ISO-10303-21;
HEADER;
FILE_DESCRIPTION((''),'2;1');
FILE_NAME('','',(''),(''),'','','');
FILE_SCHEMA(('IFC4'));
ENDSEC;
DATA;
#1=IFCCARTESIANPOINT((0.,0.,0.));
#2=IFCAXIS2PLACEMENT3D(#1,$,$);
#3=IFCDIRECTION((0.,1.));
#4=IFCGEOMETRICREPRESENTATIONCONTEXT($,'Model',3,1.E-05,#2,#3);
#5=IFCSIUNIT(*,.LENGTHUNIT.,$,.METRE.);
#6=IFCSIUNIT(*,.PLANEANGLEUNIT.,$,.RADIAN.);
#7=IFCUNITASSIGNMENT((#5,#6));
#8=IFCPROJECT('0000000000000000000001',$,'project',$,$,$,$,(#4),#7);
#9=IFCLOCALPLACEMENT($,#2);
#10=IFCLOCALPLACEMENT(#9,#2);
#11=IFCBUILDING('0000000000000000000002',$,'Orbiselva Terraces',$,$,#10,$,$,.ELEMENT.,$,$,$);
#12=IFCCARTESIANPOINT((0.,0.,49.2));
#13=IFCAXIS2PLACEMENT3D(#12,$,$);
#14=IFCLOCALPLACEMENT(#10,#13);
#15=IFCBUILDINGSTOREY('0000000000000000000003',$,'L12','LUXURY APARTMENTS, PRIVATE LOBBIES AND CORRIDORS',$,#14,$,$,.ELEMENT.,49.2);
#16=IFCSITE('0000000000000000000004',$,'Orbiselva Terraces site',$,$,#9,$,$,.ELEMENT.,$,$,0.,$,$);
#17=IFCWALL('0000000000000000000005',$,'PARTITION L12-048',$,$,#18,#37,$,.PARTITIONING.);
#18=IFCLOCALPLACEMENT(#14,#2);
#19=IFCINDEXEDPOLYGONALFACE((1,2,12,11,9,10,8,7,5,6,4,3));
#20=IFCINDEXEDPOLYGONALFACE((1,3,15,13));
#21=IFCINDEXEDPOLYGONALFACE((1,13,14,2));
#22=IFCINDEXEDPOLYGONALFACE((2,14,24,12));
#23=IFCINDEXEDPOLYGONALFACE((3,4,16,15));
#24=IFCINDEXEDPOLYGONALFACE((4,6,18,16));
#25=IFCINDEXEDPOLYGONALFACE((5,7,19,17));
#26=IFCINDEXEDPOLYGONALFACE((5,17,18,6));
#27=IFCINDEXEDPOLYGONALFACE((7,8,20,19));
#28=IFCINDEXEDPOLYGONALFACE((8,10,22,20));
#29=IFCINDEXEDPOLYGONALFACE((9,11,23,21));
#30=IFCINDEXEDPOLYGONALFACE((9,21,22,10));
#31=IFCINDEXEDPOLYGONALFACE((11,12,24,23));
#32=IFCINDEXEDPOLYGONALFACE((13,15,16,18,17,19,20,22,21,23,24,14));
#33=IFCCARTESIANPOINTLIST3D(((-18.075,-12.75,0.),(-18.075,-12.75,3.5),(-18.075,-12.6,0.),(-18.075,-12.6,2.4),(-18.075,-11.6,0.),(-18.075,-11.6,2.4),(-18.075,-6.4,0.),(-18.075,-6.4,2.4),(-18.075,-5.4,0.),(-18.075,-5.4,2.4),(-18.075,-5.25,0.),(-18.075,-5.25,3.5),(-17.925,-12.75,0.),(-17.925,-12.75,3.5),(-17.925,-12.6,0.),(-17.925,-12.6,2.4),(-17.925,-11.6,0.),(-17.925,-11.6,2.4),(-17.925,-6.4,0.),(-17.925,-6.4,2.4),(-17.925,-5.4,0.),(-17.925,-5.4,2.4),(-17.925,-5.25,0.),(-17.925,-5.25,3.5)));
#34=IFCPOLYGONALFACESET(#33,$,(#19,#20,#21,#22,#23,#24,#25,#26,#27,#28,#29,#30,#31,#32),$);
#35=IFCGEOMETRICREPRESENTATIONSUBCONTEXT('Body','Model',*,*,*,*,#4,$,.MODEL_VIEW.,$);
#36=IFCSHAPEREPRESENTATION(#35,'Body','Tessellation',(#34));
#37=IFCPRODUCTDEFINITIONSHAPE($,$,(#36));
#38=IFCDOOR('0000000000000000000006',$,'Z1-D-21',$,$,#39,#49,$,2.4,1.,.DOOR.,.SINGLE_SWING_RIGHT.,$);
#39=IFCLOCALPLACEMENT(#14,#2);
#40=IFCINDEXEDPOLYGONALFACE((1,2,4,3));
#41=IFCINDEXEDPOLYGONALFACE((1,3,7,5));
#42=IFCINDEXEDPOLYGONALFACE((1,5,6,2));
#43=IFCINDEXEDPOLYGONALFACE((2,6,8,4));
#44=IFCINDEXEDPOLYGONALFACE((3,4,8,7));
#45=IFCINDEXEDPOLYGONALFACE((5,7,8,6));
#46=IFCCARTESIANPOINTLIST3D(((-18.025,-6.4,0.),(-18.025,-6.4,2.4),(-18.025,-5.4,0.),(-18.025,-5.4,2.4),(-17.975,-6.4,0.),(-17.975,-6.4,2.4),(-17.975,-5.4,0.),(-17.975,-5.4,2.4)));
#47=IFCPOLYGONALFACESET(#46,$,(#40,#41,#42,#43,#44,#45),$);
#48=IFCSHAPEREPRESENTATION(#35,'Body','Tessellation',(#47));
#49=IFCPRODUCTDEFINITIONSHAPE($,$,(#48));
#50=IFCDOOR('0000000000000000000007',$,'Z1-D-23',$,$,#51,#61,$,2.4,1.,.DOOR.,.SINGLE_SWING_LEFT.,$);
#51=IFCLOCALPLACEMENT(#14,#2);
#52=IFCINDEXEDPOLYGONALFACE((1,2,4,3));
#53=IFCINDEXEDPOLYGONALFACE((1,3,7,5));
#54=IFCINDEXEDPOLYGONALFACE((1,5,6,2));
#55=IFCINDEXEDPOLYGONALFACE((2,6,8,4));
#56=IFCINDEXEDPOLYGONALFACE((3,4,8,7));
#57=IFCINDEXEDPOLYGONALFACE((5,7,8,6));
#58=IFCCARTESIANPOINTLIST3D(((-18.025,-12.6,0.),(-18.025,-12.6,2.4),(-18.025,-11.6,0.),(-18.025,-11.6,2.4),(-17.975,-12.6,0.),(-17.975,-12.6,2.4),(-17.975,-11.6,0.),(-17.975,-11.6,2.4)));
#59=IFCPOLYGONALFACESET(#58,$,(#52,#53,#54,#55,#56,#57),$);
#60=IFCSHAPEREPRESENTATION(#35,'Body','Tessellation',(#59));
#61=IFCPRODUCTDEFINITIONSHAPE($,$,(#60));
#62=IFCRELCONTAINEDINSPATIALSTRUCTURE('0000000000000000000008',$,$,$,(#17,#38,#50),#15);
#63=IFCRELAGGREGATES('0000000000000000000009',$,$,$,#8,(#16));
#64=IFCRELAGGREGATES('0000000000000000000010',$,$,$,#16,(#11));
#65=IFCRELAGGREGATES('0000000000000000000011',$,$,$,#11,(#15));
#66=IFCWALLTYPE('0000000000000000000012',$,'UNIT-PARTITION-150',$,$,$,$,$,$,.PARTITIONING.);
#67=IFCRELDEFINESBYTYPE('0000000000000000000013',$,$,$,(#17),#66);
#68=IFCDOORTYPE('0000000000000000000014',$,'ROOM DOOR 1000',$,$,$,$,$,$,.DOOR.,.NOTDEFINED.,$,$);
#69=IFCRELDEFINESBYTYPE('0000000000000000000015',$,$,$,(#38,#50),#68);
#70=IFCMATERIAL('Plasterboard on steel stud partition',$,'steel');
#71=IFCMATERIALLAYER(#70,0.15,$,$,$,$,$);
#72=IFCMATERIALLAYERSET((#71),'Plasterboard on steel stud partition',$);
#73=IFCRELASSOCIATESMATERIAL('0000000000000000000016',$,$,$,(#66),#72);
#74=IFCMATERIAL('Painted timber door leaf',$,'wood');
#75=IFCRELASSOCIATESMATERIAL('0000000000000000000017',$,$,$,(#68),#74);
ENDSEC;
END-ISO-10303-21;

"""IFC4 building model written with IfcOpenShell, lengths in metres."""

from ifc_helpers import new_model, si_unit, direction, frame, frame_2d, origin, place, context, subcontext, project, spatial, rectangle, extrude, material, layer, layer_set, type_object, element, fill, save


model = new_model("IFC4")

# Units and contexts
model_context = context("Model", 3, precision=1e-05, world=origin(), true_north=direction((0.0, 1.0)))
body_context = subcontext(model_context, "Body", "Model", "MODEL_VIEW")
ifc_project = project(units=[si_unit("LENGTHUNIT", "METRE"), si_unit("PLANEANGLEUNIT", "RADIAN")], contexts=[model_context])

# Site, building, storey
site_placement = place(None, origin())
site = spatial("IfcSite", under=ifc_project, at=site_placement, Name="Orbiselva Terraces site", CompositionType="ELEMENT", RefElevation=0.0)
building_placement = place(site_placement, origin())
building = spatial("IfcBuilding", under=site, at=building_placement, Name="Orbiselva Terraces", CompositionType="ELEMENT")
storey_placement = place(building_placement, frame((0.0, 0.0, 49.2)))
storey = spatial("IfcBuildingStorey", under=building, at=storey_placement, Name="L12", Description="LUXURY APARTMENTS, PRIVATE LOBBIES AND CORRIDORS", CompositionType="ELEMENT", Elevation=49.2)

# Shared definitions
ifc_material_1 = material(Name="Plasterboard on steel stud partition", Category="steel")
ifc_layer_1 = layer(ifc_material_1, 0.15)
ifc_layer_set_1 = layer_set([ifc_layer_1], Name="Plasterboard on steel stud partition")
wall_type_1 = type_object("IfcWallType", Name="UNIT-PARTITION-150", PredefinedType="PARTITIONING", material=ifc_layer_set_1)

# Wall, openings, doors
ifc_material_2 = material(Name="Painted timber door leaf", Category="wood")
wall_1_placement = place(storey_placement, frame((-18.0, -12.75, 0.0), z_axis=(0.0, 0.0, 1.0), x_axis=(0.0, 1.0, 0.0)))
wall_1 = element("IfcWall", 1, at=wall_1_placement, inside=storey, type_object=wall_type_1, Name="PARTITION L12-048", PredefinedType="PARTITIONING", context=body_context, shape_type="SweptSolid", body=[
    extrude(rectangle(XDim=7.5, YDim=0.15, at=frame_2d((3.75, 0.0))), origin(), (0.0, 0.0, 1.0), 3.5),
])
opening_1_placement = place(wall_1_placement, frame((6.35, 0.0, 0.0)))
opening_1 = element("IfcOpeningElement", 2, at=opening_1_placement, cuts=wall_1, PredefinedType="OPENING", context=body_context, shape_type="SweptSolid", body=[
    extrude(rectangle(XDim=1.0, YDim=2.4, at=frame_2d((0.5, 1.2))), frame((0.0, 0.085, 0.0), z_axis=(0.0, -1.0, 0.0), x_axis=(1.0, 0.0, 0.0)), (0.0, 0.0, 1.0), 0.17),
])
opening_2_placement = place(wall_1_placement, frame((0.15, 0.0, 0.0)))
opening_2 = element("IfcOpeningElement", 3, at=opening_2_placement, cuts=wall_1, PredefinedType="OPENING", context=body_context, shape_type="SweptSolid", body=[
    extrude(rectangle(XDim=1.0, YDim=2.4, at=frame_2d((0.5, 1.2))), frame((0.0, 0.085, 0.0), z_axis=(0.0, -1.0, 0.0), x_axis=(1.0, 0.0, 0.0)), (0.0, 0.0, 1.0), 0.17),
])
door_type_1 = type_object("IfcDoorType", Name="ROOM DOOR 1000", OperationType="NOTDEFINED", PredefinedType="DOOR", material=ifc_material_2)
door_1_placement = place(opening_1_placement, origin())
door_1 = element("IfcDoor", 4, at=door_1_placement, inside=storey, type_object=door_type_1, Name="Z1-D-21", OperationType="SINGLE_SWING_RIGHT", OverallHeight=2.4, OverallWidth=1.0, PredefinedType="DOOR", context=body_context, shape_type="SweptSolid", body=[
    extrude(rectangle(XDim=1.0, YDim=2.4, at=frame_2d((0.5, 1.2))), frame((0.0, 0.025, 0.0), z_axis=(0.0, -1.0, 0.0), x_axis=(1.0, 0.0, 0.0)), (0.0, 0.0, 1.0), 0.05),
])
fill(opening_1, door_1)
door_2_placement = place(opening_2_placement, origin())
door_2 = element("IfcDoor", 5, at=door_2_placement, inside=storey, type_object=door_type_1, Name="Z1-D-23", OperationType="SINGLE_SWING_LEFT", OverallHeight=2.4, OverallWidth=1.0, PredefinedType="DOOR", context=body_context, shape_type="SweptSolid", body=[
    extrude(rectangle(XDim=1.0, YDim=2.4, at=frame_2d((0.5, 1.2))), frame((0.0, 0.025, 0.0), z_axis=(0.0, -1.0, 0.0), x_axis=(1.0, 0.0, 0.0)), (0.0, 0.0, 1.0), 0.05),
])
fill(opening_2, door_2)

save(model, "model.ifc")
